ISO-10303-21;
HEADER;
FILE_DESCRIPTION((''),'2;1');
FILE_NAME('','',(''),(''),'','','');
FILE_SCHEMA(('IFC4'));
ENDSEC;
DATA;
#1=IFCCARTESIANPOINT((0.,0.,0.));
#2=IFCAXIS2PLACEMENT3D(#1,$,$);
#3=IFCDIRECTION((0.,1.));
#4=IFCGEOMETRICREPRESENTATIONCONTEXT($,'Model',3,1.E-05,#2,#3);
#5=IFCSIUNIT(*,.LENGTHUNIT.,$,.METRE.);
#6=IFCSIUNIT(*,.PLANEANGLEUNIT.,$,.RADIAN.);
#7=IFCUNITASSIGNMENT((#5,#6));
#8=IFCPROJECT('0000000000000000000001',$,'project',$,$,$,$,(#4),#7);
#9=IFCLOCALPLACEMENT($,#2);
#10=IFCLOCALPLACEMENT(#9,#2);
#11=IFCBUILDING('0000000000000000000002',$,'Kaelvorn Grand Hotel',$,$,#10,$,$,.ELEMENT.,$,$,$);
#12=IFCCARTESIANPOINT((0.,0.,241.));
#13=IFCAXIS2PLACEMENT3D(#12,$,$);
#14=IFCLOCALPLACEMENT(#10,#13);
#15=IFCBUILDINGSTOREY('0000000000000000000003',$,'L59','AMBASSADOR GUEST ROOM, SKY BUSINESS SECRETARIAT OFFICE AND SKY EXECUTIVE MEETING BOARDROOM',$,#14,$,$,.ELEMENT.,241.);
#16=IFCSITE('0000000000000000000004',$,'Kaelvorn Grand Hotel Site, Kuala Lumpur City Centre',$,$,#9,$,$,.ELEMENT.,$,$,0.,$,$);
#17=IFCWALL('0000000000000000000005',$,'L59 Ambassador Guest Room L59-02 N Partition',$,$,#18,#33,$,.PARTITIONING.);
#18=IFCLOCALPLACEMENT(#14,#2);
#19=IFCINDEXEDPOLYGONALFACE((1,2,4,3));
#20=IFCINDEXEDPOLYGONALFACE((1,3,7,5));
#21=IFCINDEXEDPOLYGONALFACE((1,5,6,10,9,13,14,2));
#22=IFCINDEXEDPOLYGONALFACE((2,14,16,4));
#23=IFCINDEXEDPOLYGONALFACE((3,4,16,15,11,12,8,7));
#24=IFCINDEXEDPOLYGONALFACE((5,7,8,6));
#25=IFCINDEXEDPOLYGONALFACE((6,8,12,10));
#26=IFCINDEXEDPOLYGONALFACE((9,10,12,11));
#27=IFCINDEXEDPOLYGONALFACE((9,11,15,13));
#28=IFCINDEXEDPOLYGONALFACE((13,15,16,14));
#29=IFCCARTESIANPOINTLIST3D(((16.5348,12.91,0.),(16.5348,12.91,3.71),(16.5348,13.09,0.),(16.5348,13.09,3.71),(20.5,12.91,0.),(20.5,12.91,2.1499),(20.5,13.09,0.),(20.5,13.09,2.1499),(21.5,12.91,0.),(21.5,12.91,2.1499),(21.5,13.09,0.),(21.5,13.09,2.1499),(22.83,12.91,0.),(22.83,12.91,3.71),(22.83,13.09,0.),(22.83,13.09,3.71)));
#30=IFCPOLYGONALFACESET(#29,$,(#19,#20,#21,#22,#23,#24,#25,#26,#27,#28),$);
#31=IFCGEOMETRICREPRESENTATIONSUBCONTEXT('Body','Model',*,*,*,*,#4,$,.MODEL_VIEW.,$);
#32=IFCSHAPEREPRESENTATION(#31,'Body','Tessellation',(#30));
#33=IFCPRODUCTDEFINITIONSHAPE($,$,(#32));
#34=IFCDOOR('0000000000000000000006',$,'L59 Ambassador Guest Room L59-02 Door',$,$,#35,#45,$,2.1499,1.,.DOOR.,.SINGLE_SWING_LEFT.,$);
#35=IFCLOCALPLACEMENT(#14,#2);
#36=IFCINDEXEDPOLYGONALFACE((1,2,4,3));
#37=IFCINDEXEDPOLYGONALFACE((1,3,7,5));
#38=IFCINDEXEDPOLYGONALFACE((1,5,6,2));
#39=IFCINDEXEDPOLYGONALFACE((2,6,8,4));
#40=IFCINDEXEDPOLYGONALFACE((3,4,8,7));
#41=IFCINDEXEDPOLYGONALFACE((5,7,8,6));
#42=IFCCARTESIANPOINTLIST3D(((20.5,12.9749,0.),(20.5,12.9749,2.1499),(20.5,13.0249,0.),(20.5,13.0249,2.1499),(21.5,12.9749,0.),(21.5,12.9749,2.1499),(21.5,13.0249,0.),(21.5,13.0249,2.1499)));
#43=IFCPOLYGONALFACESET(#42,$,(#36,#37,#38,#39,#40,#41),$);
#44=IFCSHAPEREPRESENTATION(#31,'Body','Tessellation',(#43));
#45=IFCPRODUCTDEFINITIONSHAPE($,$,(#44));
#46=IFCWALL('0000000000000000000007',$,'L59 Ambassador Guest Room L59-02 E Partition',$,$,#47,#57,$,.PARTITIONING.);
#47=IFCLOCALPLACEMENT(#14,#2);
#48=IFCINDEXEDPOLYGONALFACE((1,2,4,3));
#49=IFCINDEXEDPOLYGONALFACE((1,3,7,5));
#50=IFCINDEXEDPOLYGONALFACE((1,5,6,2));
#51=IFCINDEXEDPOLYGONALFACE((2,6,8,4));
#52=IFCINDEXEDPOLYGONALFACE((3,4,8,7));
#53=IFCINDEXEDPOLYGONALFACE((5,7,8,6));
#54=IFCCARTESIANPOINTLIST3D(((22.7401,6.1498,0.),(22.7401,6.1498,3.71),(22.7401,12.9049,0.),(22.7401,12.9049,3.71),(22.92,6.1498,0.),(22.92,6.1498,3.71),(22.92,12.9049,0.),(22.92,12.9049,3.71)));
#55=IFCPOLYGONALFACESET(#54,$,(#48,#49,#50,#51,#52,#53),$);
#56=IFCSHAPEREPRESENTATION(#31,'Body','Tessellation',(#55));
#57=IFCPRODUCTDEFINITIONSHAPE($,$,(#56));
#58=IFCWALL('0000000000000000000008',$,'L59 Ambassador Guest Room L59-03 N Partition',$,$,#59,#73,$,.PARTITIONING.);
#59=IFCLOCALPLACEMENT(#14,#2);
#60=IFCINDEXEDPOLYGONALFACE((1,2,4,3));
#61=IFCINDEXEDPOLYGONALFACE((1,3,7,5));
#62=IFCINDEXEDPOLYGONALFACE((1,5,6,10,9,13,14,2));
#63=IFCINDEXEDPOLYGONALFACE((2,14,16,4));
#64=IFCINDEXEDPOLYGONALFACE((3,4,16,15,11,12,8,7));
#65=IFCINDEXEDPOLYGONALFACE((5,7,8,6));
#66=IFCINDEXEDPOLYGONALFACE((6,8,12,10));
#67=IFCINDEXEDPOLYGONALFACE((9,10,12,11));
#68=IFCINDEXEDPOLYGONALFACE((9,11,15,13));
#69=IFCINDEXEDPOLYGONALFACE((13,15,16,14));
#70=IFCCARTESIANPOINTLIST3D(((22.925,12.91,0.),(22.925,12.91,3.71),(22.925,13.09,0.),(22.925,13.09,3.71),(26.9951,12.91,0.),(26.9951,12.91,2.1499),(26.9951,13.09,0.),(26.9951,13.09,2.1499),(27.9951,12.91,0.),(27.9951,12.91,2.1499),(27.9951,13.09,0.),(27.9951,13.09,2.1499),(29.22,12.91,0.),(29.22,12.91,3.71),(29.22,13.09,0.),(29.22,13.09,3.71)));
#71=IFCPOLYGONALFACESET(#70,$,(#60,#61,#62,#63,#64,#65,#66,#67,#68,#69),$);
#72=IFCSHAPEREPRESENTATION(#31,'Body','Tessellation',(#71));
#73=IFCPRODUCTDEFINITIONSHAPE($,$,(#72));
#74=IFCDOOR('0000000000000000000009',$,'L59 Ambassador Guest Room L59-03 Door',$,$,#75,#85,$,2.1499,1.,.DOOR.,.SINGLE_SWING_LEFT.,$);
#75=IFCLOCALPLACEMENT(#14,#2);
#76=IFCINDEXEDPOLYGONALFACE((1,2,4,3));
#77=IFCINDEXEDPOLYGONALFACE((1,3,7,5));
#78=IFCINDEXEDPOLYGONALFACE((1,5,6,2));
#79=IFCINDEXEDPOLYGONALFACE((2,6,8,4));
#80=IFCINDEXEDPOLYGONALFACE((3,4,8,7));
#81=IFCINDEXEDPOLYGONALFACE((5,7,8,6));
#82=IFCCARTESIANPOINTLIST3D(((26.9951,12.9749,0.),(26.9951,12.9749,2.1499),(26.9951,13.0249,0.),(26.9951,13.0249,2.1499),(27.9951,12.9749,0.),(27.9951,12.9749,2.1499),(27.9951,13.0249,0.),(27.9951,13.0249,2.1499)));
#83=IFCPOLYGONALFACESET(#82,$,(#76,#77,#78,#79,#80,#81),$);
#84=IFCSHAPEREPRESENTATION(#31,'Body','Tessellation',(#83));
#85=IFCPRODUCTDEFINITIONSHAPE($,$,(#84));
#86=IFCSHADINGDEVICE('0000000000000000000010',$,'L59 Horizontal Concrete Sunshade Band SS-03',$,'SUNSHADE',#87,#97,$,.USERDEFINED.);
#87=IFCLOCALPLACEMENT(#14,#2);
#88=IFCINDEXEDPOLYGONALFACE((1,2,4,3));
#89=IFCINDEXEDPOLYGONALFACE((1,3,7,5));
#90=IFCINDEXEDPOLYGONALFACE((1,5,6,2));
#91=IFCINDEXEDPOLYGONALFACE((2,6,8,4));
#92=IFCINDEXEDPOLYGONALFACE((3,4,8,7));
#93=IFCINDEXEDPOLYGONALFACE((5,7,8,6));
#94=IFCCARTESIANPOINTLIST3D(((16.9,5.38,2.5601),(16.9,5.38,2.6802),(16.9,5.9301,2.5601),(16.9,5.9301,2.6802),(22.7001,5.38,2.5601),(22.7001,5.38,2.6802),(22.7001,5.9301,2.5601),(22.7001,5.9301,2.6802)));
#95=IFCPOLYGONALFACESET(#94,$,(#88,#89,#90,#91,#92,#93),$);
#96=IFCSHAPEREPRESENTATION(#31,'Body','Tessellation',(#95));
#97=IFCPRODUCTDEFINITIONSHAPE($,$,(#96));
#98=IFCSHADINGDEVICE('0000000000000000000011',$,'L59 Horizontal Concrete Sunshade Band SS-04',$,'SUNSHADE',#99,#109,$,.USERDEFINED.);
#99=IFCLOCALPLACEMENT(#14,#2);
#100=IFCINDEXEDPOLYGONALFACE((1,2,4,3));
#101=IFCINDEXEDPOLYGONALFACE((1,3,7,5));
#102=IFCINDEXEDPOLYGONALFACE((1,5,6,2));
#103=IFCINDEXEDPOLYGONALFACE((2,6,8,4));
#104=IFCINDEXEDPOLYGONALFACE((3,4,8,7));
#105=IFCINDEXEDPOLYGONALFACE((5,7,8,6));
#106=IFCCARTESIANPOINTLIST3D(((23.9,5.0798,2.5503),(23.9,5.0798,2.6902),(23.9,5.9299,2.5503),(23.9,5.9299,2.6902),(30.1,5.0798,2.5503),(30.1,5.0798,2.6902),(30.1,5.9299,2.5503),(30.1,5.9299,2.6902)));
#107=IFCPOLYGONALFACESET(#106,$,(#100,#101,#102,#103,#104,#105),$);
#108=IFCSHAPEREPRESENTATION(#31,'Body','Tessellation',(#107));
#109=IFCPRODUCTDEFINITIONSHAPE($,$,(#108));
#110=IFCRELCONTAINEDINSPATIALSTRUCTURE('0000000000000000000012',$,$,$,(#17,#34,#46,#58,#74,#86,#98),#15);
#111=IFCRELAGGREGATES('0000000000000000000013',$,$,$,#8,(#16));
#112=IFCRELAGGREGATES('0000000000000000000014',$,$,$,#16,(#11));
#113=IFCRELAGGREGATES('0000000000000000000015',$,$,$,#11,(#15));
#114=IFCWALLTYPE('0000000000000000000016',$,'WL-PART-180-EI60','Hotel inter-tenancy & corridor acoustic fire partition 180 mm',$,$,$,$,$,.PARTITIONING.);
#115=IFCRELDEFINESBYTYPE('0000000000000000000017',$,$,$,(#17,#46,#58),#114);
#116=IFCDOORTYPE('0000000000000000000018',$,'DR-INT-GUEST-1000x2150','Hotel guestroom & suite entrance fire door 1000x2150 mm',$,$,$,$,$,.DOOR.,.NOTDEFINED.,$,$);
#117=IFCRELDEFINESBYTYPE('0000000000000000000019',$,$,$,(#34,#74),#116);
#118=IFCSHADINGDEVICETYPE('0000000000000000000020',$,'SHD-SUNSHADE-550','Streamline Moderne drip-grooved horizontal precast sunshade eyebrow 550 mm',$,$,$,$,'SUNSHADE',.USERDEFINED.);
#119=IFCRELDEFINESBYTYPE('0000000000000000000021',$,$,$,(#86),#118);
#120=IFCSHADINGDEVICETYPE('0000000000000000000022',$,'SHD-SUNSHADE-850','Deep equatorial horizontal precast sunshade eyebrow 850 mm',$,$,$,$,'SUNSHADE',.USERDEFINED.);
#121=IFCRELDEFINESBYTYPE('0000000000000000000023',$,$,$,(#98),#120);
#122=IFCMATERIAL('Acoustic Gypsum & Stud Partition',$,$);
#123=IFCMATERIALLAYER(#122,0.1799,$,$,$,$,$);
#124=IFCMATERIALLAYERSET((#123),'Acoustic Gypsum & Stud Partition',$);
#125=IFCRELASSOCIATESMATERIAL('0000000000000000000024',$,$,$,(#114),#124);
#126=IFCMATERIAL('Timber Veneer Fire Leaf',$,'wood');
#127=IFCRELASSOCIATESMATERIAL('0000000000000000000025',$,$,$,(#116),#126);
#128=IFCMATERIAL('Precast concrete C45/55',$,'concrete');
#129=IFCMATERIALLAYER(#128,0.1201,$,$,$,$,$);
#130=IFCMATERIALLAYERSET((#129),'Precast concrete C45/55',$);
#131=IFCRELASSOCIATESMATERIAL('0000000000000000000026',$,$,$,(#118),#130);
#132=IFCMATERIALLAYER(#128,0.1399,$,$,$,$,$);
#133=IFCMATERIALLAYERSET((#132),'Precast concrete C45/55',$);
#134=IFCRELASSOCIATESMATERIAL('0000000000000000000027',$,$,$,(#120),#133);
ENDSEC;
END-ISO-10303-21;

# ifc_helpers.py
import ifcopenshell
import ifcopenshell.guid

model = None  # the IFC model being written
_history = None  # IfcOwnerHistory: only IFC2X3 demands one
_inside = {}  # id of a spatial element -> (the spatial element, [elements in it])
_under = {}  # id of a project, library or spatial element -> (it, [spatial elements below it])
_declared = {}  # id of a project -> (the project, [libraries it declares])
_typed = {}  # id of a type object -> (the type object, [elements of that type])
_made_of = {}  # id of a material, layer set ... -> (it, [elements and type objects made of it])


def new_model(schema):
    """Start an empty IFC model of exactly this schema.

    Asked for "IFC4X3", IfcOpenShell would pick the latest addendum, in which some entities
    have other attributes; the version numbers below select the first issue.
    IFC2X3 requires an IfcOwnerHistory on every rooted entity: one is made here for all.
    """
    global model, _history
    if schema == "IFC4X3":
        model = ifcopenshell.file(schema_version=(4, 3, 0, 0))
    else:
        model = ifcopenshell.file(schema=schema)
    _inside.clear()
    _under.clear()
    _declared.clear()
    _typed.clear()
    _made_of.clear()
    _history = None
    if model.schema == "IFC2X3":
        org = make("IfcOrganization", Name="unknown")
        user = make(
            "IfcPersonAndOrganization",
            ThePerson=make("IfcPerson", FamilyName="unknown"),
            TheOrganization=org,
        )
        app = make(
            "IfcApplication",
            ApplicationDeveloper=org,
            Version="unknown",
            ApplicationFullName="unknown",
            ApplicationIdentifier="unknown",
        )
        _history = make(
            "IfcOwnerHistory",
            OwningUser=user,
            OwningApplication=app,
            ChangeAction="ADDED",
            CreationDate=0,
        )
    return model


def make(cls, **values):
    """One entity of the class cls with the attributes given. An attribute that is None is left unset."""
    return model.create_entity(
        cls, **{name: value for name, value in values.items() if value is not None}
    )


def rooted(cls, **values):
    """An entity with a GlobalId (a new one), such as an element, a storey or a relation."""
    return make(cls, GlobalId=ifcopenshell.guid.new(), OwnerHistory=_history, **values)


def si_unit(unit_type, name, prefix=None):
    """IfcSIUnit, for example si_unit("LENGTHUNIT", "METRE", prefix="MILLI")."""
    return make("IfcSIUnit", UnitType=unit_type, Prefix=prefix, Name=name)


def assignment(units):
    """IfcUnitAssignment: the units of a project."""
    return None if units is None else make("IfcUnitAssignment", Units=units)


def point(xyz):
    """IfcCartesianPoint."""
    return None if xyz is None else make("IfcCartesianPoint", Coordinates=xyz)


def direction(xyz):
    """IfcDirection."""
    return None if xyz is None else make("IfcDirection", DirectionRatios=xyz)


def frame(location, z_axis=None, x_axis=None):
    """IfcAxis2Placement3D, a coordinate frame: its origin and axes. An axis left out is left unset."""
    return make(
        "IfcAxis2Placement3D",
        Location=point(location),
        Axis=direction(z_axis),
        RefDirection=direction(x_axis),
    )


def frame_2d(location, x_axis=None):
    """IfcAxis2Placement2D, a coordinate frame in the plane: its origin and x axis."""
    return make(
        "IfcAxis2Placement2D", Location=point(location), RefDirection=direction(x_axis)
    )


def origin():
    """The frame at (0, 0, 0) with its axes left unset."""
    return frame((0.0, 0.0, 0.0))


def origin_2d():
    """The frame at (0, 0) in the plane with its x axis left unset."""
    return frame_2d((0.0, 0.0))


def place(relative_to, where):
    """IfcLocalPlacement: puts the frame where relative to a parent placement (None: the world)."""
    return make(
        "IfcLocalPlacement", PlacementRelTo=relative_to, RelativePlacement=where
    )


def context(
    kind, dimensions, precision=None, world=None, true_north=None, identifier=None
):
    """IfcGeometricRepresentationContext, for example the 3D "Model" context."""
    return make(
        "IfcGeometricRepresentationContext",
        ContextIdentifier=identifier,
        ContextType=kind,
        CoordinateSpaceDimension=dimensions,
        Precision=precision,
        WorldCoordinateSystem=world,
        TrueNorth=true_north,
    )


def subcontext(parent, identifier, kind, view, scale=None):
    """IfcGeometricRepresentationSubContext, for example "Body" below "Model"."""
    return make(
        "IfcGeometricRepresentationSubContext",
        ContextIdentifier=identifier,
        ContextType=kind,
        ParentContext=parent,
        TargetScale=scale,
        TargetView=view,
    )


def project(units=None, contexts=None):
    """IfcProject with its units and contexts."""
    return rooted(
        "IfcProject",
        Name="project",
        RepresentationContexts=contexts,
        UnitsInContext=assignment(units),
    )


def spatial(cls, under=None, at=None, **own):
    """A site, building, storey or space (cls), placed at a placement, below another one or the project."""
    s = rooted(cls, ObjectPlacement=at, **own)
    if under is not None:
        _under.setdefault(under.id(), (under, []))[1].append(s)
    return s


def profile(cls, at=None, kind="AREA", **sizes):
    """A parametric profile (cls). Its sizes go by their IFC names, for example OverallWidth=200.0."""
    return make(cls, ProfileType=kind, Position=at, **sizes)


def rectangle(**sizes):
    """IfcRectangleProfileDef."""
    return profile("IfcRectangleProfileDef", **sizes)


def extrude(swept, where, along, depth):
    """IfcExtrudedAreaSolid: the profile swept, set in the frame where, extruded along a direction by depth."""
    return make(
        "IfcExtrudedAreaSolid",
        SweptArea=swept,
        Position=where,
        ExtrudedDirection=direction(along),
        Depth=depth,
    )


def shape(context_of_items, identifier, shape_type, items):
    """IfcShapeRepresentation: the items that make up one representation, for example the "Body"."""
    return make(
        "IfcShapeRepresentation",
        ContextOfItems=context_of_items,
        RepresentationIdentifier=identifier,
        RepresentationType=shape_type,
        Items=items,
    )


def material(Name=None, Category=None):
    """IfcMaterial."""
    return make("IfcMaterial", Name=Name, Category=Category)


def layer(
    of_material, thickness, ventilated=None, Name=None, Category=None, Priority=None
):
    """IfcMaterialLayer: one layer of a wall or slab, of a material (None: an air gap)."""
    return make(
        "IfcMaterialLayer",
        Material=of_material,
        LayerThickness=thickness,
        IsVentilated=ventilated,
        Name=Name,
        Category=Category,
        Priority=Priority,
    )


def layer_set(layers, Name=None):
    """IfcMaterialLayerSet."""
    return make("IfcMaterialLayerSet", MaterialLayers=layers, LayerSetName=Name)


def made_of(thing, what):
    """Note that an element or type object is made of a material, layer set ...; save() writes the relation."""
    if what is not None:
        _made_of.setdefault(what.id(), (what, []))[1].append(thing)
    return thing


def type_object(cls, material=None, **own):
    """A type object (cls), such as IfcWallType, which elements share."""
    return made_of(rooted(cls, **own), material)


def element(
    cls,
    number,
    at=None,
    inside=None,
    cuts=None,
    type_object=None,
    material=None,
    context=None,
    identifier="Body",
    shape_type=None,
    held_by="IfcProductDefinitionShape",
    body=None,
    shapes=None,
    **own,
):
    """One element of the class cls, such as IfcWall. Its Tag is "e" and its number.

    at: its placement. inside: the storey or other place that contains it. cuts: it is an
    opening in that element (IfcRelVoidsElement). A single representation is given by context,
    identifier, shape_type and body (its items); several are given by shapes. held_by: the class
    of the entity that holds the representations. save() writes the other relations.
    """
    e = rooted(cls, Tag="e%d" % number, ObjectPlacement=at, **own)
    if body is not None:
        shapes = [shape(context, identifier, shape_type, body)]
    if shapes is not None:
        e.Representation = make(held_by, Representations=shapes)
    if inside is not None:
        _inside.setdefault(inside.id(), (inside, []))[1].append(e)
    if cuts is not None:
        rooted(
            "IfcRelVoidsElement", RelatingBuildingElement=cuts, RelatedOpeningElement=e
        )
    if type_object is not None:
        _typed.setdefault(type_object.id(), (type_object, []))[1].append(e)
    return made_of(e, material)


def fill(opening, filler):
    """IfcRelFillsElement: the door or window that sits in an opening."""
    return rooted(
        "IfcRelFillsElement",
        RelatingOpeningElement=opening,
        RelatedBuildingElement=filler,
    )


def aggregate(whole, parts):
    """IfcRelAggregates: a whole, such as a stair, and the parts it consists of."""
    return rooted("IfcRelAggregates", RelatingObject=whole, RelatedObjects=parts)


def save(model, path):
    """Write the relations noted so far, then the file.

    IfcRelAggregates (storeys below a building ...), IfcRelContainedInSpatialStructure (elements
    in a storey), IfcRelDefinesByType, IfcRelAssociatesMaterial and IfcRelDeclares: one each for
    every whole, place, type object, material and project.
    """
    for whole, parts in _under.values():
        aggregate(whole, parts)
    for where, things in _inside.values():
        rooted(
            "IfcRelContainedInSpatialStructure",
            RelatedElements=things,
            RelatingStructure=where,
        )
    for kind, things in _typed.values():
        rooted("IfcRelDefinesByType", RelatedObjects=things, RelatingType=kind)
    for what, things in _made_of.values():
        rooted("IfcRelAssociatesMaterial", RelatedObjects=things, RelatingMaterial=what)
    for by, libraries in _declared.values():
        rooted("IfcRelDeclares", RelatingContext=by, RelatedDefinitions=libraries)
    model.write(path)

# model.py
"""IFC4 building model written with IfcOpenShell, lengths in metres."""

from ifc_helpers import new_model, si_unit, direction, frame, frame_2d, origin, origin_2d, place, context, subcontext, project, spatial, rectangle, extrude, material, layer, layer_set, type_object, element, fill, save


model = new_model("IFC4")

# Units and contexts
model_context = context("Model", 3, precision=1e-05, world=origin(), true_north=direction((0.0, 1.0)))
body_context = subcontext(model_context, "Body", "Model", "MODEL_VIEW")
ifc_project = project(units=[si_unit("LENGTHUNIT", "METRE"), si_unit("PLANEANGLEUNIT", "RADIAN")], contexts=[model_context])

# Site, building, storey
site_placement = place(None, origin())
site = spatial("IfcSite", under=ifc_project, at=site_placement, Name="Kaelvorn Grand Hotel Site, Kuala Lumpur City Centre", CompositionType="ELEMENT", RefElevation=0.0)
building_placement = place(site_placement, origin())
building = spatial("IfcBuilding", under=site, at=building_placement, Name="Kaelvorn Grand Hotel", CompositionType="ELEMENT")
storey_placement = place(building_placement, frame((0.0, 0.0, 241.0)))
storey = spatial("IfcBuildingStorey", under=building, at=storey_placement, Name="L59", Description="AMBASSADOR GUEST ROOM, SKY BUSINESS SECRETARIAT OFFICE AND SKY EXECUTIVE MEETING BOARDROOM", CompositionType="ELEMENT", Elevation=241.0)

# Shared definitions
ifc_material_1 = material(Name="Acoustic Gypsum & Stud Partition")

# Shared definitions
ifc_material_2 = material(Name="Timber Veneer Fire Leaf", Category="wood")

# Shared definitions
ifc_layer_1 = layer(ifc_material_1, 0.1799)
ifc_layer_set_1 = layer_set([ifc_layer_1], Name="Acoustic Gypsum & Stud Partition")
wall_type_1 = type_object("IfcWallType", Name="WL-PART-180-EI60", Description="Hotel inter-tenancy & corridor acoustic fire partition 180 mm", PredefinedType="PARTITIONING", material=ifc_layer_set_1)

# Wall, opening, door
wall_1_placement = place(storey_placement, frame((16.5349, 13.0, 0.0), z_axis=(0.0, 0.0, 1.0), x_axis=(1.0, 0.0, 0.0)))
wall_1 = element("IfcWall", 1, at=wall_1_placement, inside=storey, type_object=wall_type_1, Name="L59 Ambassador Guest Room L59-02 N Partition", PredefinedType="PARTITIONING", context=body_context, shape_type="SweptSolid", body=[
    extrude(rectangle(XDim=6.2952, YDim=0.1799, at=frame_2d((3.1475, 0.0))), origin(), (0.0, 0.0, 1.0), 3.71),
])
opening_1_placement = place(wall_1_placement, frame((3.9651, 0.0, 0.0)))
opening_1 = element("IfcOpeningElement", 2, at=opening_1_placement, cuts=wall_1, PredefinedType="OPENING", context=body_context, shape_type="SweptSolid", body=[
    extrude(rectangle(XDim=1.0, YDim=2.1499, at=frame_2d((0.5, 1.075))), frame((0.0, 0.1001, 0.0), z_axis=(0.0, -1.0, 0.0), x_axis=(1.0, 0.0, 0.0)), (0.0, 0.0, 1.0), 0.2),
])
door_type_1 = type_object("IfcDoorType", Name="DR-INT-GUEST-1000x2150", Description="Hotel guestroom & suite entrance fire door 1000x2150 mm", OperationType="NOTDEFINED", PredefinedType="DOOR", material=ifc_material_2)
door_1_placement = place(opening_1_placement, origin())
door_1 = element("IfcDoor", 3, at=door_1_placement, inside=storey, type_object=door_type_1, Name="L59 Ambassador Guest Room L59-02 Door", OperationType="SINGLE_SWING_LEFT", OverallHeight=2.1499, OverallWidth=1.0, PredefinedType="DOOR", context=body_context, shape_type="SweptSolid", body=[
    extrude(rectangle(XDim=1.0, YDim=2.1499, at=frame_2d((0.5, 1.075))), frame((0.0, 0.0249, 0.0), z_axis=(0.0, -1.0, 0.0), x_axis=(1.0, 0.0, 0.0)), (0.0, 0.0, 1.0), 0.05),
])
fill(opening_1, door_1)

# Wall
wall_2_placement = place(storey_placement, frame((22.8301, 6.1499, 0.0), z_axis=(0.0, 0.0, 1.0), x_axis=(0.0, 1.0, 0.0)))
element("IfcWall", 4, at=wall_2_placement, inside=storey, type_object=wall_type_1, Name="L59 Ambassador Guest Room L59-02 E Partition", PredefinedType="PARTITIONING", context=body_context, shape_type="SweptSolid", body=[
    extrude(rectangle(XDim=6.7551, YDim=0.1799, at=frame_2d((3.3774, 0.0))), origin(), (0.0, 0.0, 1.0), 3.71),
])

# Wall, opening, door
wall_3_placement = place(storey_placement, frame((22.925, 13.0, 0.0), z_axis=(0.0, 0.0, 1.0), x_axis=(1.0, 0.0, 0.0)))
wall_3 = element("IfcWall", 5, at=wall_3_placement, inside=storey, type_object=wall_type_1, Name="L59 Ambassador Guest Room L59-03 N Partition", PredefinedType="PARTITIONING", context=body_context, shape_type="SweptSolid", body=[
    extrude(rectangle(XDim=6.2949, YDim=0.1799, at=frame_2d((3.1475, 0.0))), origin(), (0.0, 0.0, 1.0), 3.71),
])
opening_2_placement = place(wall_3_placement, frame((4.0701, 0.0, 0.0)))
opening_2 = element("IfcOpeningElement", 6, at=opening_2_placement, cuts=wall_3, PredefinedType="OPENING", context=body_context, shape_type="SweptSolid", body=[
    extrude(rectangle(XDim=1.0, YDim=2.1499, at=frame_2d((0.5, 1.075))), frame((0.0, 0.1001, 0.0), z_axis=(0.0, -1.0, 0.0), x_axis=(1.0, 0.0, 0.0)), (0.0, 0.0, 1.0), 0.2),
])
door_2_placement = place(opening_2_placement, origin())
door_2 = element("IfcDoor", 7, at=door_2_placement, inside=storey, type_object=door_type_1, Name="L59 Ambassador Guest Room L59-03 Door", OperationType="SINGLE_SWING_LEFT", OverallHeight=2.1499, OverallWidth=1.0, PredefinedType="DOOR", context=body_context, shape_type="SweptSolid", body=[
    extrude(rectangle(XDim=1.0, YDim=2.1499, at=frame_2d((0.5, 1.075))), frame((0.0, 0.0249, 0.0), z_axis=(0.0, -1.0, 0.0), x_axis=(1.0, 0.0, 0.0)), (0.0, 0.0, 1.0), 0.05),
])
fill(opening_2, door_2)

# Shading devices
ifc_material_3 = material(Name="Precast concrete C45/55", Category="concrete")
ifc_layer_2 = layer(ifc_material_3, 0.1201)
ifc_layer_set_2 = layer_set([ifc_layer_2], Name="Precast concrete C45/55")
shading_device_type_1 = type_object("IfcShadingDeviceType", Name="SHD-SUNSHADE-550", Description="Streamline Moderne drip-grooved horizontal precast sunshade eyebrow 550 mm", ElementType="SUNSHADE", PredefinedType="USERDEFINED", material=ifc_layer_set_2)
shading_device_1_placement = place(storey_placement, frame((19.8, 5.655, 2.5601), z_axis=(0.0, 0.0, 1.0), x_axis=(1.0, 0.0, 0.0)))
element("IfcShadingDevice", 8, at=shading_device_1_placement, inside=storey, type_object=shading_device_type_1, Name="L59 Horizontal Concrete Sunshade Band SS-03", ObjectType="SUNSHADE", PredefinedType="USERDEFINED", context=body_context, shape_type="SweptSolid", body=[
    extrude(rectangle(XDim=5.8, YDim=0.55, at=origin_2d()), origin(), (0.0, 0.0, 1.0), 0.1201),
])
ifc_layer_3 = layer(ifc_material_3, 0.1399)
ifc_layer_set_3 = layer_set([ifc_layer_3], Name="Precast concrete C45/55")
shading_device_type_2 = type_object("IfcShadingDeviceType", Name="SHD-SUNSHADE-850", Description="Deep equatorial horizontal precast sunshade eyebrow 850 mm", ElementType="SUNSHADE", PredefinedType="USERDEFINED", material=ifc_layer_set_3)
shading_device_2_placement = place(storey_placement, frame((27.0, 5.5049, 2.5503), z_axis=(0.0, 0.0, 1.0), x_axis=(1.0, 0.0, 0.0)))
element("IfcShadingDevice", 9, at=shading_device_2_placement, inside=storey, type_object=shading_device_type_2, Name="L59 Horizontal Concrete Sunshade Band SS-04", ObjectType="SUNSHADE", PredefinedType="USERDEFINED", context=body_context, shape_type="SweptSolid", body=[
    extrude(rectangle(XDim=6.2, YDim=0.8501, at=origin_2d()), origin(), (0.0, 0.0, 1.0), 0.1399),
])

save(model, "model.ifc")
